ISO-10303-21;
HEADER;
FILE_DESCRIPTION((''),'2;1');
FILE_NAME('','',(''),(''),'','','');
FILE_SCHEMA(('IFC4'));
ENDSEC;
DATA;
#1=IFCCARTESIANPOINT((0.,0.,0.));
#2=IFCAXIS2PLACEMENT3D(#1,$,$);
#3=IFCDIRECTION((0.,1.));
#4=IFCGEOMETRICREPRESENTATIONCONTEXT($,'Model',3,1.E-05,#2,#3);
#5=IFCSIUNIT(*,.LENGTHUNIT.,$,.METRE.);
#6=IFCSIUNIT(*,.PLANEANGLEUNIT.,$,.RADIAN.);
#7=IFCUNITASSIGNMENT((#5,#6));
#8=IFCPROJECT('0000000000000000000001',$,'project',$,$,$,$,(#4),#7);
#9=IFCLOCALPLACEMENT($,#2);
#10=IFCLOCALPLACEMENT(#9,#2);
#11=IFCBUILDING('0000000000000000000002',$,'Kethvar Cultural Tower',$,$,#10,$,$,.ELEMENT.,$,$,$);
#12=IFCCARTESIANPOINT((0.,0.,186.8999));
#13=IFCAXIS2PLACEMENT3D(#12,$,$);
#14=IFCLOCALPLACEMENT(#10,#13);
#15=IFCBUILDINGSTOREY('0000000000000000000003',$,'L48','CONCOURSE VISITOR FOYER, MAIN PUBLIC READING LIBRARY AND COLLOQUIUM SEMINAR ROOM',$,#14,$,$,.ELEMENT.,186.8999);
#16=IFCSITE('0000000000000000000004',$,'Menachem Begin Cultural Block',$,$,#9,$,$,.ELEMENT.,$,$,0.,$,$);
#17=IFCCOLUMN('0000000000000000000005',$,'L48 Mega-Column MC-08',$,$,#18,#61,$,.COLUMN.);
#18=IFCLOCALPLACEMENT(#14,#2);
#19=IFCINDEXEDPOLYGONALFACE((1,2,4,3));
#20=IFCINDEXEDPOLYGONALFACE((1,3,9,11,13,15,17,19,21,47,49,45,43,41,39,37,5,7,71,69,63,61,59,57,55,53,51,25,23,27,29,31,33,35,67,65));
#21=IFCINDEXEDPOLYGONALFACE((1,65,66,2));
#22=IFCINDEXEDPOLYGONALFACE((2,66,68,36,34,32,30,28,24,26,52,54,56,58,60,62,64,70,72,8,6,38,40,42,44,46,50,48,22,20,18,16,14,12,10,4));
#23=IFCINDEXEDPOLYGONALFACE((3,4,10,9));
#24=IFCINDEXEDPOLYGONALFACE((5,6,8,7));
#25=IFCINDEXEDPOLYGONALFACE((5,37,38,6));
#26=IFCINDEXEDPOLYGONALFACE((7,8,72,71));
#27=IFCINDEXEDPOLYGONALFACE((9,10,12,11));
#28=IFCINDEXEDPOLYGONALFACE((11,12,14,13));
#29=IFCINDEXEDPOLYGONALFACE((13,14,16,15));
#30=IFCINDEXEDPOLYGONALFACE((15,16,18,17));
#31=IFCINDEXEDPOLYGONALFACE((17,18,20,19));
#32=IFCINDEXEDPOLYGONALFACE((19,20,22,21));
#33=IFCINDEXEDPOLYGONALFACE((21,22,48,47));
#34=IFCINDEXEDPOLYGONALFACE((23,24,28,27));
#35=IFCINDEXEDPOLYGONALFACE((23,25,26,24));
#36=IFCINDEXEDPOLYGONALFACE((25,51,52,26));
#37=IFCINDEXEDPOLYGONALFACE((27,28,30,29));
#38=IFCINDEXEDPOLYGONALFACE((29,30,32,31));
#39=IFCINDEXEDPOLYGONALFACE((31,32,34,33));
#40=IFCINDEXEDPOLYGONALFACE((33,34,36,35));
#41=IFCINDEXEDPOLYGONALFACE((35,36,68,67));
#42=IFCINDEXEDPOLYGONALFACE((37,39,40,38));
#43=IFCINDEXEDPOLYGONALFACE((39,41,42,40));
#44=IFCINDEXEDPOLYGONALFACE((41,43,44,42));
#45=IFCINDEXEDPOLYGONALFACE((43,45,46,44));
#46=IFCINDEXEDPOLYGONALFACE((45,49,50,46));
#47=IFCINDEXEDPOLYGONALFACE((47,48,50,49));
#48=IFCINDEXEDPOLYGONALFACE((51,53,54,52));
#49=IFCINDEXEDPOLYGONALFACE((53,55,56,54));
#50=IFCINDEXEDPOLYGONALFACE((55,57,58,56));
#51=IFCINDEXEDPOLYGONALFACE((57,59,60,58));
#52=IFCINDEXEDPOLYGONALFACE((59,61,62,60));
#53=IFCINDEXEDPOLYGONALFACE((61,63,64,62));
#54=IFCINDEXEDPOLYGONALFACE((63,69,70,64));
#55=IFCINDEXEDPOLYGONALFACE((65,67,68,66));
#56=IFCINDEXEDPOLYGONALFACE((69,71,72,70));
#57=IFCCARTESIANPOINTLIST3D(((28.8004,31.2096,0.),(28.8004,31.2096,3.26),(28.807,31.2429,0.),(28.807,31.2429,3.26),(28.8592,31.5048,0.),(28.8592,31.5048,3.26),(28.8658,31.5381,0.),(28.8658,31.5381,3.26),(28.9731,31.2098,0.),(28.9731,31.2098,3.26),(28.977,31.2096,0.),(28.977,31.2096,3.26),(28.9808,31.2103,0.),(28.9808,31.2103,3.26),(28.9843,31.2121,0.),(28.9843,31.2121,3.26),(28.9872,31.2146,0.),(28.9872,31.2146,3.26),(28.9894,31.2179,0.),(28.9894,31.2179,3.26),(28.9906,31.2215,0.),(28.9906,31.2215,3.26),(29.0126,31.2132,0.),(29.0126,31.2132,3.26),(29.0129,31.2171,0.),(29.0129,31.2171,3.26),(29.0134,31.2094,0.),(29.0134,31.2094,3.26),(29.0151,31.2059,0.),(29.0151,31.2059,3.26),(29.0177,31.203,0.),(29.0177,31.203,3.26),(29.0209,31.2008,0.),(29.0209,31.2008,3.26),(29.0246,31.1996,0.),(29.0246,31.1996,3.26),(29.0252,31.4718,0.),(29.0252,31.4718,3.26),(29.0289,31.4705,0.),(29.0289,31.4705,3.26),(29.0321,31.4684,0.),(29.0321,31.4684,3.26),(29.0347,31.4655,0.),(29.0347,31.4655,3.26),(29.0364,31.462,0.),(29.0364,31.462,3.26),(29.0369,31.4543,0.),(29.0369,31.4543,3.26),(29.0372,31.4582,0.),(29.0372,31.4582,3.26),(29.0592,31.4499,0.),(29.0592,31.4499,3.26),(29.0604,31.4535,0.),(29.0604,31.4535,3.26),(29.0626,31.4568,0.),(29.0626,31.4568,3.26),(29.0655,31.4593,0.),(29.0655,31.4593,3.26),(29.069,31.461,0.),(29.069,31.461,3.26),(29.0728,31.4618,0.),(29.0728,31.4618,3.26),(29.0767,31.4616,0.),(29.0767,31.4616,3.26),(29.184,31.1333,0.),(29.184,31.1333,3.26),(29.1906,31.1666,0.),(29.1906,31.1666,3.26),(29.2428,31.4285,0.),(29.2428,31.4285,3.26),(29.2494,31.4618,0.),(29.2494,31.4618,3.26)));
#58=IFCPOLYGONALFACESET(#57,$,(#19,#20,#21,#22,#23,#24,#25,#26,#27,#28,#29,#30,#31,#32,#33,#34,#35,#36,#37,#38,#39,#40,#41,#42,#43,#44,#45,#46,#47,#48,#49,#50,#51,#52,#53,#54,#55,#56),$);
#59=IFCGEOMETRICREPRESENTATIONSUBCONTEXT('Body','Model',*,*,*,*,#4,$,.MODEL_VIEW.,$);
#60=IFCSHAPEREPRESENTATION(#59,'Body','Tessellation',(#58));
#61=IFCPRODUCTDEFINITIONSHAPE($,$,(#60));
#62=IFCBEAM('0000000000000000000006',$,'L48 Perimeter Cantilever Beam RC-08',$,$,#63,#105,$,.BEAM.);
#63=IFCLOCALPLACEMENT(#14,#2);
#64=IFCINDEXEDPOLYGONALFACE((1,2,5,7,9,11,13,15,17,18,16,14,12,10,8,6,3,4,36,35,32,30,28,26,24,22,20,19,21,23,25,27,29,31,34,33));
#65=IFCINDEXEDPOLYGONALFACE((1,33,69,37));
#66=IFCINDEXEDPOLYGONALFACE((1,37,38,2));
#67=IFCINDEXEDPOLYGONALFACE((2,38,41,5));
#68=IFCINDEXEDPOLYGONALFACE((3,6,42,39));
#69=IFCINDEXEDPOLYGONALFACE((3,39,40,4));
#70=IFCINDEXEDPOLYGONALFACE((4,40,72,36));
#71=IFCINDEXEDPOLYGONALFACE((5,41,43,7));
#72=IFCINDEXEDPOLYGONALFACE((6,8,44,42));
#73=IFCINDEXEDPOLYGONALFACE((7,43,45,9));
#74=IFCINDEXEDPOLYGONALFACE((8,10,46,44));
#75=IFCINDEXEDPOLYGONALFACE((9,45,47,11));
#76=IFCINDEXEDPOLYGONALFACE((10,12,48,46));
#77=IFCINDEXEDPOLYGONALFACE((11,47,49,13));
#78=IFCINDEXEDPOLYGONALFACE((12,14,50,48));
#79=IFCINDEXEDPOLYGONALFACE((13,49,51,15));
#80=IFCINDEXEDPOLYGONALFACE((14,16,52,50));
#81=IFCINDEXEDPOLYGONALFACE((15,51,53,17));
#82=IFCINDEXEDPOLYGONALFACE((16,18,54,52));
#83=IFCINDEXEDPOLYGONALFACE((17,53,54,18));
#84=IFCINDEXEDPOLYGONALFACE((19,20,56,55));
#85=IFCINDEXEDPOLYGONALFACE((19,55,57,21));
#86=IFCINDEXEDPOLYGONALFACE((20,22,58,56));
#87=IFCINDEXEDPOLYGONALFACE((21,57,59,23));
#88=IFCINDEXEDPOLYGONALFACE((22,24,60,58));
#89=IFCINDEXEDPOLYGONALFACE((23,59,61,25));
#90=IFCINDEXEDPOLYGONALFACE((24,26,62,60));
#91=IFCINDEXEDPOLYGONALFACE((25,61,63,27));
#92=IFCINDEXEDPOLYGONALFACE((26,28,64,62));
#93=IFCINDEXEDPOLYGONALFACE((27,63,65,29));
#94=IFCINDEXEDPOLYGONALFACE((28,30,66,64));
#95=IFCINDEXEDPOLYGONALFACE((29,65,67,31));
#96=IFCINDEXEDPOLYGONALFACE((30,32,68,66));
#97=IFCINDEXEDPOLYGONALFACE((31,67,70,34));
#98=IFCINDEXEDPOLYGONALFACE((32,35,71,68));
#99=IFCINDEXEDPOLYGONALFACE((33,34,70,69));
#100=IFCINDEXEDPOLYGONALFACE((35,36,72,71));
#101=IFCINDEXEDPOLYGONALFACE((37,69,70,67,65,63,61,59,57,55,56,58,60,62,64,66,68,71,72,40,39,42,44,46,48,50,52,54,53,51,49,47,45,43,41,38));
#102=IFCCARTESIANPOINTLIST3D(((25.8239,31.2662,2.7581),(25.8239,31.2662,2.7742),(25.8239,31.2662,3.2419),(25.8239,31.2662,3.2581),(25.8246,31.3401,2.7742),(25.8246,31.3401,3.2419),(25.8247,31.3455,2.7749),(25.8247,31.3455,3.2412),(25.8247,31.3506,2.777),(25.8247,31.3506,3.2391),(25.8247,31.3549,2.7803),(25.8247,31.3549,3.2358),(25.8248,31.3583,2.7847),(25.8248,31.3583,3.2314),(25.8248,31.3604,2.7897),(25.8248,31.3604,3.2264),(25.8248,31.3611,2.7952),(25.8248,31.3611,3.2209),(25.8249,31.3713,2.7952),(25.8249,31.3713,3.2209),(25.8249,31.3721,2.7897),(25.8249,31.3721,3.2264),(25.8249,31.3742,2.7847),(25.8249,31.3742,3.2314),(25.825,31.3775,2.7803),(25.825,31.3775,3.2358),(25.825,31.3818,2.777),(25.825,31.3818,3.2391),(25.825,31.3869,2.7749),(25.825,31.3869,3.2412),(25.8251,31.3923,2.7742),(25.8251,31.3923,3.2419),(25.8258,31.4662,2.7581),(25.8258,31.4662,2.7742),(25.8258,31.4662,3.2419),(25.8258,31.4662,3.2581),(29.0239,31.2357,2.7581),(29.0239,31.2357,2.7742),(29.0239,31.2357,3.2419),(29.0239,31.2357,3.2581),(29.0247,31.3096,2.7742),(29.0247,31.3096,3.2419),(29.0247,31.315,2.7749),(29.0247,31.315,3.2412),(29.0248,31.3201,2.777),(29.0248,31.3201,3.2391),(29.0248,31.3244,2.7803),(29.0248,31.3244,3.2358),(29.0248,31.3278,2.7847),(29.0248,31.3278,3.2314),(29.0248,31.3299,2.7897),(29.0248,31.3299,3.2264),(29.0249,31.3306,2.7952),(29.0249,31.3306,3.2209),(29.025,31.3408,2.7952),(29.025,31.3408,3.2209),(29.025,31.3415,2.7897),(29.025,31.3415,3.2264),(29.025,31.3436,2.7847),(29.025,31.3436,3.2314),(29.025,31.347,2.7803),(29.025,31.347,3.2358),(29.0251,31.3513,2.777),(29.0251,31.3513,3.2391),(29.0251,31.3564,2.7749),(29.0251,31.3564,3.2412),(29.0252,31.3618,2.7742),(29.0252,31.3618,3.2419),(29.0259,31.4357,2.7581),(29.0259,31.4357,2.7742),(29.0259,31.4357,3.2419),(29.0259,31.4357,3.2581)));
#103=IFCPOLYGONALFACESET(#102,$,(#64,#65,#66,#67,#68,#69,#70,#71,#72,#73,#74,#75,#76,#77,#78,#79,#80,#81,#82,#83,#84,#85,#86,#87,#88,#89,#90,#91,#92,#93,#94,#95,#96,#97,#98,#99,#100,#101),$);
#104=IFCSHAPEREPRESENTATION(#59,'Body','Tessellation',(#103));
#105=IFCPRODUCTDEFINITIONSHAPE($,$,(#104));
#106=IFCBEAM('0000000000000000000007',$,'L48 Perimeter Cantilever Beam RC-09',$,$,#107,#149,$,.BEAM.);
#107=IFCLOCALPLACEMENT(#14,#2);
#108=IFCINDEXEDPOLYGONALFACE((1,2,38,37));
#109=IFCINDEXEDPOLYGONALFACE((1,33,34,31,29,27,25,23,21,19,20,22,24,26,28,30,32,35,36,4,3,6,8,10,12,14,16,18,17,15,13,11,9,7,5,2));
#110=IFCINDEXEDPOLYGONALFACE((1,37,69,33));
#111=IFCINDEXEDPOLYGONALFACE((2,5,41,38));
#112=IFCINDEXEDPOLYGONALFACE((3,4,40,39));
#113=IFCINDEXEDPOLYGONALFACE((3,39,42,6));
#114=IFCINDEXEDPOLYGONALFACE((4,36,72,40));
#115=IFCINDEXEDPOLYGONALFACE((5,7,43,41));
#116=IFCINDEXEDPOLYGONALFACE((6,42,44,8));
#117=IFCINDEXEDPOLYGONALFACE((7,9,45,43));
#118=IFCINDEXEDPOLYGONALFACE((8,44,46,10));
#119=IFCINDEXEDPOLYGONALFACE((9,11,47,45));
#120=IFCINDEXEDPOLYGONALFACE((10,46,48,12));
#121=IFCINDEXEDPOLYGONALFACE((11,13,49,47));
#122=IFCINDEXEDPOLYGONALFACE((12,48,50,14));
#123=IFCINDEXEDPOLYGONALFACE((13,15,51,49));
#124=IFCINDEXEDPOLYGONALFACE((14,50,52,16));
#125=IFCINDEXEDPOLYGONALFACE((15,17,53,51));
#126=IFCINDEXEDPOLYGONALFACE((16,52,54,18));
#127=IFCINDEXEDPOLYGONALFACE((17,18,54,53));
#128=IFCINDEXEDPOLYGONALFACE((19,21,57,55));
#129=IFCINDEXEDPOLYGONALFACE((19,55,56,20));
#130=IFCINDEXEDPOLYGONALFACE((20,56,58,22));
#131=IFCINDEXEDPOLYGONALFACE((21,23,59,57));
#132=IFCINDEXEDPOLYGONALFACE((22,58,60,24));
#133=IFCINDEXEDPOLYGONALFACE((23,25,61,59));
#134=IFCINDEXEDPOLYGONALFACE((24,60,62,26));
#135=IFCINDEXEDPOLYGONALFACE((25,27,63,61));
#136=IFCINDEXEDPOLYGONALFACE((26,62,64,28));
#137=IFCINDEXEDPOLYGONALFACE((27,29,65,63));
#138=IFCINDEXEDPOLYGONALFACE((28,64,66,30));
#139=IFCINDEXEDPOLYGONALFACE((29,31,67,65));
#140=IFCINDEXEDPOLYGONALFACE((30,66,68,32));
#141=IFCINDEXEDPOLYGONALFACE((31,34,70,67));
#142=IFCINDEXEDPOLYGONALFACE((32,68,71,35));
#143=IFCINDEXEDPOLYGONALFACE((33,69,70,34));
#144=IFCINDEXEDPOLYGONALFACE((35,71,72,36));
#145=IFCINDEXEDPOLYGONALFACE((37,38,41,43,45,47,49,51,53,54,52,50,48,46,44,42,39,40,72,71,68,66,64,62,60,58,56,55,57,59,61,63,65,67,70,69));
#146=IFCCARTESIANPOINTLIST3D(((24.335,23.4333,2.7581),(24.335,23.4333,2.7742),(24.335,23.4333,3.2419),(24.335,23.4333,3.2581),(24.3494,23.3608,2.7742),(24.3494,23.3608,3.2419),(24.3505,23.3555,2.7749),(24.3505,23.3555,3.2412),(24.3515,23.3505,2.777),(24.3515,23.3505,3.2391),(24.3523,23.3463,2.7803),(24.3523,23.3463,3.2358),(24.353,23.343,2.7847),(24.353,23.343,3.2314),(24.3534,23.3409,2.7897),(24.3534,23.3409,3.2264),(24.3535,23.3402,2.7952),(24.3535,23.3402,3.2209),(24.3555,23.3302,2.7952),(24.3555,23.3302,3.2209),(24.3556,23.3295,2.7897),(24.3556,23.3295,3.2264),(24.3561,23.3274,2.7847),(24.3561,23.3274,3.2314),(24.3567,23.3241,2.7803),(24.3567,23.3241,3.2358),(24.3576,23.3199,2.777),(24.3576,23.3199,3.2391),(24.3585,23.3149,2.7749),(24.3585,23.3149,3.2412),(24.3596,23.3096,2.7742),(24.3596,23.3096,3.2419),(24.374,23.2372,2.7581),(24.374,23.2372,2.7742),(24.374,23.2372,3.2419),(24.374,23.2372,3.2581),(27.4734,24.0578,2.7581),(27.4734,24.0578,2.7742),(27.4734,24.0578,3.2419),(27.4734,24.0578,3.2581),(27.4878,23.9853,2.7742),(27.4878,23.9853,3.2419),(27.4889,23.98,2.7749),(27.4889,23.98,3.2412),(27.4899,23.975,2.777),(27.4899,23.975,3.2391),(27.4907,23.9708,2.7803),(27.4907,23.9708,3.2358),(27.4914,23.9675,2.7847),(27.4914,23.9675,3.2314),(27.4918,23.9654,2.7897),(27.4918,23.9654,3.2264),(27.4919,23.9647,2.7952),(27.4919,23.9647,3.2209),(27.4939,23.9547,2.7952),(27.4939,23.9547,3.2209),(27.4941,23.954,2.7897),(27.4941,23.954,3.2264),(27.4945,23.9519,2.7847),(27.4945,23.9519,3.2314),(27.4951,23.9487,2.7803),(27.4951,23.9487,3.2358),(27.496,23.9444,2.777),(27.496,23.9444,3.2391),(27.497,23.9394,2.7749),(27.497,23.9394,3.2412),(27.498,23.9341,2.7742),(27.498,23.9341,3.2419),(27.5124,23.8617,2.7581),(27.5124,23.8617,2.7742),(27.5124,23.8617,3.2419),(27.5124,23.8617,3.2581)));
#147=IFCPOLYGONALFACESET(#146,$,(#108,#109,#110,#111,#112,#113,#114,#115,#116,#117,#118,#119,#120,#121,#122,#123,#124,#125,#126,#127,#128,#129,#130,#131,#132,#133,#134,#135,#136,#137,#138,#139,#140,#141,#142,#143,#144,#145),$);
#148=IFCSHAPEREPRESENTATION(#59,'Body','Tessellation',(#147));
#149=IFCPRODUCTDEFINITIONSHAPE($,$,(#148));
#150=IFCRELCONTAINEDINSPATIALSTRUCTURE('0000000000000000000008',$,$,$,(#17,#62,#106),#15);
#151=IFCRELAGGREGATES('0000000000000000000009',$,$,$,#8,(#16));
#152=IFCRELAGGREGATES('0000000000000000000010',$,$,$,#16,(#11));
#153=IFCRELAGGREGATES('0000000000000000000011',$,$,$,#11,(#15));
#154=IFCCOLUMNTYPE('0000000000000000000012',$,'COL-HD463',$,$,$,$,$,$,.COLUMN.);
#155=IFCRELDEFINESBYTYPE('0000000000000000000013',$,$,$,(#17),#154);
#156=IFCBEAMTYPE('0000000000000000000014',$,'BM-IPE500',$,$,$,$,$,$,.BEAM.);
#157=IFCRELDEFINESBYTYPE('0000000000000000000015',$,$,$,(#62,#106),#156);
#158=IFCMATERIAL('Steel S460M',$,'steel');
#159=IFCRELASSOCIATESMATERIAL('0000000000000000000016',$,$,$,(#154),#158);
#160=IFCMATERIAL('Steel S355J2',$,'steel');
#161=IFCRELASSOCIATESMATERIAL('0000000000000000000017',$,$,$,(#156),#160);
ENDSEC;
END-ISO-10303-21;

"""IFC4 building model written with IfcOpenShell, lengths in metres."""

from ifc_helpers import new_model, si_unit, direction, frame, origin, origin_2d, place, context, subcontext, project, spatial, i_section, extrude, source, transform, mapped, material, material_profile, profile_set, type_object, element, save


model = new_model("IFC4")

# Units and contexts
model_context = context("Model", 3, precision=1e-05, world=origin(), true_north=direction((0.0, 1.0)))
body_context = subcontext(model_context, "Body", "Model", "MODEL_VIEW")
ifc_project = project(units=[si_unit("LENGTHUNIT", "METRE"), si_unit("PLANEANGLEUNIT", "RADIAN")], contexts=[model_context])

# Site, building, storey
site_placement = place(None, origin())
site = spatial("IfcSite", under=ifc_project, at=site_placement, Name="Menachem Begin Cultural Block", CompositionType="ELEMENT", RefElevation=0.0)
building_placement = place(site_placement, origin())
building = spatial("IfcBuilding", under=site, at=building_placement, Name="Kethvar Cultural Tower", CompositionType="ELEMENT")
storey_placement = place(building_placement, frame((0.0, 0.0, 186.8999)))
storey = spatial("IfcBuildingStorey", under=building, at=storey_placement, Name="L48", Description="CONCOURSE VISITOR FOYER, MAIN PUBLIC READING LIBRARY AND COLLOQUIUM SEMINAR ROOM", CompositionType="ELEMENT", Elevation=186.8999)

# Column
ifc_material_1 = material(Name="Steel S460M", Category="steel")
ifc_material_profile_1 = material_profile(ifc_material_1, i_section(OverallWidth=0.3911, OverallDepth=0.335, WebThickness=0.0227, FlangeThickness=0.0339, FilletRadius=0.0149, at=origin_2d()), Name="Steel S460M — HD400x463")
ifc_profile_set_1 = profile_set([ifc_material_profile_1], Name="Steel S460M — HD400x463")
column_type = type_object("IfcColumnType", Name="COL-HD463", PredefinedType="COLUMN", material=ifc_profile_set_1)
shared_shape_1 = source(origin(), body_context, "Body", "SweptSolid", [
    extrude(i_section(OverallWidth=0.3911, OverallDepth=0.335, WebThickness=0.0227, FlangeThickness=0.0339, FilletRadius=0.0149, at=origin_2d()), origin(), (0.0, 0.0, 1.0), 3.26),
])
column_placement = place(storey_placement, frame((29.0249, 31.3357, 0.0), z_axis=(0.0, 0.0, 1.0), x_axis=(-0.980785, 0.19509, 0.0)))
element("IfcColumn", 1, at=column_placement, inside=storey, type_object=column_type, Name="L48 Mega-Column MC-08", PredefinedType="COLUMN", context=body_context, shape_type="MappedRepresentation", body=[
    mapped(shared_shape_1, transform((0.0, 0.0, 0.0), scale=1.0)),
])

# Beams
ifc_material_2 = material(Name="Steel S355J2", Category="steel")
ifc_material_profile_2 = material_profile(ifc_material_2, i_section(OverallWidth=0.2, OverallDepth=0.5, WebThickness=0.0103, FlangeThickness=0.0161, FilletRadius=0.021, at=origin_2d()), Name="Steel S355J2 — IPE500")
ifc_profile_set_2 = profile_set([ifc_material_profile_2], Name="Steel S355J2 — IPE500")
beam_type_1 = type_object("IfcBeamType", Name="BM-IPE500", PredefinedType="BEAM", material=ifc_profile_set_2)
shared_shape_2 = source(origin(), body_context, "Body", "SweptSolid", [
    extrude(i_section(OverallWidth=0.2, OverallDepth=0.5, WebThickness=0.0103, FlangeThickness=0.0161, FilletRadius=0.021, at=origin_2d()), origin(), (0.0, 0.0, 1.0), 3.2002),
])
beam_1_placement = place(storey_placement, frame((29.0249, 31.3357, 3.0081), z_axis=(-0.999955, 0.009536, 0.0), x_axis=(-0.009536, -0.999955, 0.0)))
element("IfcBeam", 2, at=beam_1_placement, inside=storey, type_object=beam_type_1, Name="L48 Perimeter Cantilever Beam RC-08", PredefinedType="BEAM", context=body_context, shape_type="MappedRepresentation", body=[
    mapped(shared_shape_2, transform((0.0, 0.0, 0.0), scale=1.0)),
])
shared_shape_3 = source(origin(), body_context, "Body", "SweptSolid", [
    extrude(i_section(OverallWidth=0.2, OverallDepth=0.5, WebThickness=0.0103, FlangeThickness=0.0161, FilletRadius=0.021, at=origin_2d()), origin(), (0.0, 0.0, 1.0), 3.2),
])
beam_2_placement = place(storey_placement, frame((27.4929, 23.9597, 3.0081), z_axis=(-0.980771, -0.195162, 0.0), x_axis=(0.195162, -0.980771, 0.0)))
element("IfcBeam", 3, at=beam_2_placement, inside=storey, type_object=beam_type_1, Name="L48 Perimeter Cantilever Beam RC-09", PredefinedType="BEAM", context=body_context, shape_type="MappedRepresentation", body=[
    mapped(shared_shape_3, transform((0.0, 0.0, 0.0), scale=1.0)),
])

save(model, "model.ifc")
